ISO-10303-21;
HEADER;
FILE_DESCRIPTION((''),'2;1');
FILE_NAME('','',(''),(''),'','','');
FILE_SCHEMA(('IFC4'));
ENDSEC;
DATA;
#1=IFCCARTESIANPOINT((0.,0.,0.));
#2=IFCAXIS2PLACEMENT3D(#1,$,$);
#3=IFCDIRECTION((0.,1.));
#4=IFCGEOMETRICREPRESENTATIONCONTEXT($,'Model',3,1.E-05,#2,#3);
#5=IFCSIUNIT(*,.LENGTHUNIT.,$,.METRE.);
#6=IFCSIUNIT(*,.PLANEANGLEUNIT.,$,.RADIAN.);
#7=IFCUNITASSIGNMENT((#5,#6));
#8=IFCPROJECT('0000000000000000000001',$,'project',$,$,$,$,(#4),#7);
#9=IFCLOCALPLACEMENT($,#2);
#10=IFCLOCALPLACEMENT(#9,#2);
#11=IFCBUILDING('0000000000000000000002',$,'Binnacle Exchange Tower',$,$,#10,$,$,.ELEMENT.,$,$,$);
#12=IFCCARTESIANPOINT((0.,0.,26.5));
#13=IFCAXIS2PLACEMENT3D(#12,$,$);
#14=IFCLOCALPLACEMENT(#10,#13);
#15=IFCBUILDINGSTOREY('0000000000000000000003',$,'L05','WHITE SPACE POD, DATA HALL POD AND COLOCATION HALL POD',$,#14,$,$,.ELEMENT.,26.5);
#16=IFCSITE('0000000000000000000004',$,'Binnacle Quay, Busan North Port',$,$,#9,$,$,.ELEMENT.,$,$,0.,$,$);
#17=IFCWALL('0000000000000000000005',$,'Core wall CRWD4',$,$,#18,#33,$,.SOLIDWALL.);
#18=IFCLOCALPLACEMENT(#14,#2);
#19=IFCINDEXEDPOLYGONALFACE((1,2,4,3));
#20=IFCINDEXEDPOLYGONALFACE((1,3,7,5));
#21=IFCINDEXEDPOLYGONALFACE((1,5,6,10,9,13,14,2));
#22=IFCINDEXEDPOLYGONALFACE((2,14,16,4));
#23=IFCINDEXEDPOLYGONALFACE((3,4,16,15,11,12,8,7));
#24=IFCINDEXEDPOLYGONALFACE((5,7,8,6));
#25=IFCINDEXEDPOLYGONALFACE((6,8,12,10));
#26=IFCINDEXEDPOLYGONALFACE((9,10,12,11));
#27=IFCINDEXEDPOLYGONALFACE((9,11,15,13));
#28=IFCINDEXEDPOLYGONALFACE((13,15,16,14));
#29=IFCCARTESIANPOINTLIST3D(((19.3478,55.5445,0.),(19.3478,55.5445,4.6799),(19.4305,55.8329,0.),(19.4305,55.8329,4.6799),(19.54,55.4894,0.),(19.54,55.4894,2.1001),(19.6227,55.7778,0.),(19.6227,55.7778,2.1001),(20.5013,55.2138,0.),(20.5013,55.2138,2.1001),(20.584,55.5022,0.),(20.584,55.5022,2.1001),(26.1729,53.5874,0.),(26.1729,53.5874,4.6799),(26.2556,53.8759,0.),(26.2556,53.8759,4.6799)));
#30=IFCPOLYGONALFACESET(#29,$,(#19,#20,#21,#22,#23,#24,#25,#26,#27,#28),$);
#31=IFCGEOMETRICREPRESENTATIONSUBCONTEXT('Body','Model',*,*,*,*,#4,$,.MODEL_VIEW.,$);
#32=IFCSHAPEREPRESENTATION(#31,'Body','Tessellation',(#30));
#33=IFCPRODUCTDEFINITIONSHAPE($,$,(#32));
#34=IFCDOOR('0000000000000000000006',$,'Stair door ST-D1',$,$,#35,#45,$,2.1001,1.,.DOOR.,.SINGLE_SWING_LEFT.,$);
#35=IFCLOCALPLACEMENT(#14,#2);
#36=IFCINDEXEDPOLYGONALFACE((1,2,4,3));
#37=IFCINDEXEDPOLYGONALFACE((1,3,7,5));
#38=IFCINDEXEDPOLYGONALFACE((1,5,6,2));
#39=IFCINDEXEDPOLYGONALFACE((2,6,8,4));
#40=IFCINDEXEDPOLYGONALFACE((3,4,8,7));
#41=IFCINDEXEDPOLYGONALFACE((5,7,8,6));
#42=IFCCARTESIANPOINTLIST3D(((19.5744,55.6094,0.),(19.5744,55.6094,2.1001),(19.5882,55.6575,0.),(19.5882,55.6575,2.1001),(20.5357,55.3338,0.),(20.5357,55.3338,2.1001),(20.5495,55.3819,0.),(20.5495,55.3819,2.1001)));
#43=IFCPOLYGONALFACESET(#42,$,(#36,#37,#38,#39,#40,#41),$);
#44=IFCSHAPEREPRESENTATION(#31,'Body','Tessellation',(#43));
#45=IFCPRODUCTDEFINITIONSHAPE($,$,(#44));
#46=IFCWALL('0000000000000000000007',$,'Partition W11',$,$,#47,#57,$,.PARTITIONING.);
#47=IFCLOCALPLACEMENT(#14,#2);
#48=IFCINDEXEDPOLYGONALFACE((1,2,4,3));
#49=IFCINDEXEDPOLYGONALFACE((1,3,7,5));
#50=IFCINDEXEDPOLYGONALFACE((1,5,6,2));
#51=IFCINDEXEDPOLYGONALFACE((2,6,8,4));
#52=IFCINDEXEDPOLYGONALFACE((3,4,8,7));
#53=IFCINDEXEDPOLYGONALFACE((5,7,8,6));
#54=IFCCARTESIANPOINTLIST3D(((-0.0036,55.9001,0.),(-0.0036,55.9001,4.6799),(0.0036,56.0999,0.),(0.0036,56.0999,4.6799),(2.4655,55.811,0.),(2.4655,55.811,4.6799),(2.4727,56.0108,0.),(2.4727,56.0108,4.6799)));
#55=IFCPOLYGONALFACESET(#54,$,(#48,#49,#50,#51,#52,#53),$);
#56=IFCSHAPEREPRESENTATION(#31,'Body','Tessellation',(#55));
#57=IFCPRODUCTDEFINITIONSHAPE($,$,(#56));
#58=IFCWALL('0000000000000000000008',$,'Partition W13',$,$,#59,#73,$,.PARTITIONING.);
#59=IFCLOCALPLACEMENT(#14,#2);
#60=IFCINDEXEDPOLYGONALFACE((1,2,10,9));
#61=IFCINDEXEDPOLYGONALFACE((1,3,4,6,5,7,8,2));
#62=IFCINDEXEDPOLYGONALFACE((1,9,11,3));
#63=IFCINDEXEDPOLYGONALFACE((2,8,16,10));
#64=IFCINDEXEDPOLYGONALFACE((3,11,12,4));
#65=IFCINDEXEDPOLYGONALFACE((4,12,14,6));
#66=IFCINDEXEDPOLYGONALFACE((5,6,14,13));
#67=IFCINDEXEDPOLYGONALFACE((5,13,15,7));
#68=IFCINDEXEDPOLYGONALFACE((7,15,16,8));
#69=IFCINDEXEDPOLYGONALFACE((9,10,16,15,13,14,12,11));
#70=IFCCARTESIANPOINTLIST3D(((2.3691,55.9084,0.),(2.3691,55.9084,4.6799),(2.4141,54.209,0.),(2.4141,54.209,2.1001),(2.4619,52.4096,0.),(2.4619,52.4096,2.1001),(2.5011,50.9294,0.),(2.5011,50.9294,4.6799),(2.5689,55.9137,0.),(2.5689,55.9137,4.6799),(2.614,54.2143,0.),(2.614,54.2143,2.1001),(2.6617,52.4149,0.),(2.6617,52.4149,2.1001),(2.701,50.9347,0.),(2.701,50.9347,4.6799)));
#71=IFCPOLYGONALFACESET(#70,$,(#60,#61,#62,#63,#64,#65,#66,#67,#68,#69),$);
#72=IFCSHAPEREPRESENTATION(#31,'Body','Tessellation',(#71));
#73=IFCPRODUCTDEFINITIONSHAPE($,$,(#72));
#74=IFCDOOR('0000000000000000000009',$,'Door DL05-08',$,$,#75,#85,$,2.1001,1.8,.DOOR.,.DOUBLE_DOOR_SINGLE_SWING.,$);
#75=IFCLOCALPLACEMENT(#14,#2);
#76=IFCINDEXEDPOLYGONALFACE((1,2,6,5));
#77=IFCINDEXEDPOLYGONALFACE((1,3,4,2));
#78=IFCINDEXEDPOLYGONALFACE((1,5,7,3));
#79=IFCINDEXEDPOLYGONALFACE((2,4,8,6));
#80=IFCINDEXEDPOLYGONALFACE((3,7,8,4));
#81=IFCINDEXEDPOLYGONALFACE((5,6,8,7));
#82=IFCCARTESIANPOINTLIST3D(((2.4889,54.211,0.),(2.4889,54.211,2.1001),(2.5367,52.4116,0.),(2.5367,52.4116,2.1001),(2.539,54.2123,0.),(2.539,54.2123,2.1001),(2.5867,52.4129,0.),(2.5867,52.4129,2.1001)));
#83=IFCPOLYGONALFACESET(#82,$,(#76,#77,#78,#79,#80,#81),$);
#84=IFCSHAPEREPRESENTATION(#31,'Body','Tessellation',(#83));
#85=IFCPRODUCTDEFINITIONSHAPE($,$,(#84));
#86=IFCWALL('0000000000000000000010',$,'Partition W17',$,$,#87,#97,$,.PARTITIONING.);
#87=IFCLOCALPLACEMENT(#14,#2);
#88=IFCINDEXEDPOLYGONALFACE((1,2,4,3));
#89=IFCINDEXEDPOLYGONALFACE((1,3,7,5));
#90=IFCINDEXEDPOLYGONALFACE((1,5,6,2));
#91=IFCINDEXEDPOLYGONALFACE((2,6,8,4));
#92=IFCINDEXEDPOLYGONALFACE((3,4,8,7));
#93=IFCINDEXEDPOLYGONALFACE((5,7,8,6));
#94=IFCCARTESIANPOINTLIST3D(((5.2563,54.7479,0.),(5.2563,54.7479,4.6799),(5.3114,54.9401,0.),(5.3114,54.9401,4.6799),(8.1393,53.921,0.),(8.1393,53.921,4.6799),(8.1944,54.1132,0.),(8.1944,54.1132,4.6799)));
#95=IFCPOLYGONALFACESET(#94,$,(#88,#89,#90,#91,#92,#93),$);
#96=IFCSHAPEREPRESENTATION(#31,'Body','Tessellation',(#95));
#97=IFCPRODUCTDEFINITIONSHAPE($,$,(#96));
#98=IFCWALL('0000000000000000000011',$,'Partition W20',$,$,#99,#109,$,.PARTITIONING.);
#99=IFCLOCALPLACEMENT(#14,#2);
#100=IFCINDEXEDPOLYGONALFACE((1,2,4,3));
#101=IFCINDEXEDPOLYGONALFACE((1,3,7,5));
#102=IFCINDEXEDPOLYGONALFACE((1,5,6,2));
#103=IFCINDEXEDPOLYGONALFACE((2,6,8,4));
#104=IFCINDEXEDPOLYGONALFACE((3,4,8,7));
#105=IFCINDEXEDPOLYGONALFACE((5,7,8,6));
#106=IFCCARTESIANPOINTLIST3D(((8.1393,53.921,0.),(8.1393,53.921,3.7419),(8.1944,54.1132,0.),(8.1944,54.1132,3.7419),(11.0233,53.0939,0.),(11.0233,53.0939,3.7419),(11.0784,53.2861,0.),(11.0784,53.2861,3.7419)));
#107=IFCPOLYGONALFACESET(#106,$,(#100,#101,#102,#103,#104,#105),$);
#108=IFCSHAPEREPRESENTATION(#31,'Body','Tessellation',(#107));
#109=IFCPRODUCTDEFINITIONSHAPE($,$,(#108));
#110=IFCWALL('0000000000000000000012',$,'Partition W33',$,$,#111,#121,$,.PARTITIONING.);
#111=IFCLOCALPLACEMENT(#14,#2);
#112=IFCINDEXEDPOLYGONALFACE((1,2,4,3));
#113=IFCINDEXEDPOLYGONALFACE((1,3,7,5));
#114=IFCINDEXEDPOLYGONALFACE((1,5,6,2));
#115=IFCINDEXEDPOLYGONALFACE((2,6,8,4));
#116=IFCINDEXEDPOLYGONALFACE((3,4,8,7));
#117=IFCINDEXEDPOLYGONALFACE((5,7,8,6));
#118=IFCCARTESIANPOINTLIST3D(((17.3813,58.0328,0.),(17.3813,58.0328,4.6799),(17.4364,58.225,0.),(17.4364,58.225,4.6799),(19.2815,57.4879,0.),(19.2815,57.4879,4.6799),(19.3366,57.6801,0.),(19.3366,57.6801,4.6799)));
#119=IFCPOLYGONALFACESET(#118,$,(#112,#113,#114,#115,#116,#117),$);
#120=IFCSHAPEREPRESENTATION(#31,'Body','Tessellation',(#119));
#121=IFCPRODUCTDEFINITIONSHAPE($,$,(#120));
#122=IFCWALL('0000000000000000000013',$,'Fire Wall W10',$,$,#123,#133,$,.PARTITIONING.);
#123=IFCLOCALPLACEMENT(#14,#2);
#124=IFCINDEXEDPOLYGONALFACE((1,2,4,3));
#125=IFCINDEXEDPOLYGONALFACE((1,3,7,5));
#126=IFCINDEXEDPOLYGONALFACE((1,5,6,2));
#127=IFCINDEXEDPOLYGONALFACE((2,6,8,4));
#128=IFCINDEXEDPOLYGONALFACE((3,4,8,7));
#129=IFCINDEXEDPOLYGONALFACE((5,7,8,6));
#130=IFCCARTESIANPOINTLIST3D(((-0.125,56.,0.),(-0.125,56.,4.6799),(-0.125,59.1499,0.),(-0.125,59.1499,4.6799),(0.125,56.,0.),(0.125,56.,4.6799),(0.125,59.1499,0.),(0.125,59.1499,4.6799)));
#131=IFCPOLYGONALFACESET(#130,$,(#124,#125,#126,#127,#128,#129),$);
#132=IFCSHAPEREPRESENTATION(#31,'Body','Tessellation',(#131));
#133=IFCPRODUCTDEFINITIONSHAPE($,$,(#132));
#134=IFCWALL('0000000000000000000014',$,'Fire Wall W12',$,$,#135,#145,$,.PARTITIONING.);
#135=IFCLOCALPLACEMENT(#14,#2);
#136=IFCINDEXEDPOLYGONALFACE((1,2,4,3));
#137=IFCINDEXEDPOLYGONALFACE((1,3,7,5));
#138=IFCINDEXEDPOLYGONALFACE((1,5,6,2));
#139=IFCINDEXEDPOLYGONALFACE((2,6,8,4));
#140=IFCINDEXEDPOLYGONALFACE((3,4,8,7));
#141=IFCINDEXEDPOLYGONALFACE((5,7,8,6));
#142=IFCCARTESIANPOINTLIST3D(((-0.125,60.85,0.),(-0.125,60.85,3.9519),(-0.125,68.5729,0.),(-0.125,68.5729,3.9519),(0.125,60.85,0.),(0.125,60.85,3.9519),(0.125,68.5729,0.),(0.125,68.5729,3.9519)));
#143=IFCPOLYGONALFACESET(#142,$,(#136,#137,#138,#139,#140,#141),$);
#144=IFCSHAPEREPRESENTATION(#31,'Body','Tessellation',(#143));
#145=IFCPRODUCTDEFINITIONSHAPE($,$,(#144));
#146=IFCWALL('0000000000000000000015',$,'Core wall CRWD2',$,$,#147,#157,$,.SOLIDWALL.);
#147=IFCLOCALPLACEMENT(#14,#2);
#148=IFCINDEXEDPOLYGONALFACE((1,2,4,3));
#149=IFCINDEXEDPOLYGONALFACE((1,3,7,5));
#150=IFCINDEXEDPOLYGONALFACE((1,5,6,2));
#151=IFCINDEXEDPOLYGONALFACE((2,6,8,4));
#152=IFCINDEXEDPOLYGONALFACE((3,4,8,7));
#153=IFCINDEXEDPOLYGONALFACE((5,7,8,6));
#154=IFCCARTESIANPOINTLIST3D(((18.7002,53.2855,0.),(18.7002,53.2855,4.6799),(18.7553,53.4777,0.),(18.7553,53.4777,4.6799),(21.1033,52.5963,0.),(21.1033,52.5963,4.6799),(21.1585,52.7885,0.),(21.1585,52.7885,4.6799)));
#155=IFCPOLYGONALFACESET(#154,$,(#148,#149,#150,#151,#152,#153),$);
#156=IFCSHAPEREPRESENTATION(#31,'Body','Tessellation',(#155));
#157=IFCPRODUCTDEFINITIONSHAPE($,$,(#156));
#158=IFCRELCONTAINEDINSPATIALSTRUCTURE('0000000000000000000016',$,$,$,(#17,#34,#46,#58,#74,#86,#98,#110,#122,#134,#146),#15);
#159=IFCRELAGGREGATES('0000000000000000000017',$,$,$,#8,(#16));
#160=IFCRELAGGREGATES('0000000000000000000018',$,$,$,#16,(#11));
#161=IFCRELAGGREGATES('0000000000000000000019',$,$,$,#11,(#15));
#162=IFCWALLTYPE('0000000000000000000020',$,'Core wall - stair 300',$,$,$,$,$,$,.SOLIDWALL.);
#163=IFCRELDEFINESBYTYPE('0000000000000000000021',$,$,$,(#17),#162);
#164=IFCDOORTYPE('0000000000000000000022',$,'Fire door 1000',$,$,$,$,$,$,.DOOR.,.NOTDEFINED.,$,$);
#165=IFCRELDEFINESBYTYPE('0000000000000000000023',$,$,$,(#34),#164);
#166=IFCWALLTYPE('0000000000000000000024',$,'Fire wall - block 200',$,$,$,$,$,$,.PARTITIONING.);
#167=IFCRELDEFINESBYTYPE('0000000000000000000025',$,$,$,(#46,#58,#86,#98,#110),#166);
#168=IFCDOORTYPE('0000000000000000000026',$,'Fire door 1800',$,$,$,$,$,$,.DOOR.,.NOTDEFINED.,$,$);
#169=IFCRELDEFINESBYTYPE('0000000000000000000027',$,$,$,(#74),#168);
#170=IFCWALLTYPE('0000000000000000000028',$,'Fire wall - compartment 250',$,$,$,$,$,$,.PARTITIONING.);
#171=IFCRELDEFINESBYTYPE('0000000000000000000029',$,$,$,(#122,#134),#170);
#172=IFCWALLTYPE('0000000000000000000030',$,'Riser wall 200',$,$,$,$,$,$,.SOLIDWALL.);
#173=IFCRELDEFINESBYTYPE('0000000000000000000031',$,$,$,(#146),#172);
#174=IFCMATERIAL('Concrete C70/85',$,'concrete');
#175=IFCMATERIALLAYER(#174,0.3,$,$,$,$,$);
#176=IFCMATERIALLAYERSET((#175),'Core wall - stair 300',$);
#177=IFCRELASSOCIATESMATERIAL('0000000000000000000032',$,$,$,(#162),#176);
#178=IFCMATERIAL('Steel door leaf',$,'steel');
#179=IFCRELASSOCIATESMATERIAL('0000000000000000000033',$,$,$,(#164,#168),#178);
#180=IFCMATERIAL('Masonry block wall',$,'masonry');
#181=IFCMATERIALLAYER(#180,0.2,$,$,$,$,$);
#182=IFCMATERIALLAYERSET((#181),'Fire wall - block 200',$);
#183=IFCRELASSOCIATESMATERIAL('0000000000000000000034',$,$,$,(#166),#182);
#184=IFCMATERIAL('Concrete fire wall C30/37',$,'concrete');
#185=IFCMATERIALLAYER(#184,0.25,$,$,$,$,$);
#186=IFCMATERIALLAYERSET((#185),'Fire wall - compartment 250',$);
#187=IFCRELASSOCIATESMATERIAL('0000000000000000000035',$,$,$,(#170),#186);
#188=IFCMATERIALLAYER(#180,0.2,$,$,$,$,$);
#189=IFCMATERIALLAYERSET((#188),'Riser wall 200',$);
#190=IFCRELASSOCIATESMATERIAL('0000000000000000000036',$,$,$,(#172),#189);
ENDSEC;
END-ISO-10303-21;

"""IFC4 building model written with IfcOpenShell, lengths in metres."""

from ifc_helpers import new_model, si_unit, direction, frame, frame_2d, origin, place, context, subcontext, project, spatial, rectangle, extrude, material, layer, layer_set, type_object, element, fill, save


model = new_model("IFC4")

# Units and contexts
model_context = context("Model", 3, precision=1e-05, world=origin(), true_north=direction((0.0, 1.0)))
body_context = subcontext(model_context, "Body", "Model", "MODEL_VIEW")
ifc_project = project(units=[si_unit("LENGTHUNIT", "METRE"), si_unit("PLANEANGLEUNIT", "RADIAN")], contexts=[model_context])

# Site, building, storey
site_placement = place(None, origin())
site = spatial("IfcSite", under=ifc_project, at=site_placement, Name="Binnacle Quay, Busan North Port", CompositionType="ELEMENT", RefElevation=0.0)
building_placement = place(site_placement, origin())
building = spatial("IfcBuilding", under=site, at=building_placement, Name="Binnacle Exchange Tower", CompositionType="ELEMENT")
storey_placement = place(building_placement, frame((0.0, 0.0, 26.5)))
storey = spatial("IfcBuildingStorey", under=building, at=storey_placement, Name="L05", Description="WHITE SPACE POD, DATA HALL POD AND COLOCATION HALL POD", CompositionType="ELEMENT", Elevation=26.5)

# Shared definitions
ifc_material_1 = material(Name="Concrete C70/85", Category="concrete")

# Wall, opening, door
ifc_layer_1 = layer(ifc_material_1, 0.3)
ifc_layer_set_1 = layer_set([ifc_layer_1], Name="Core wall - stair 300")
wall_type_1 = type_object("IfcWallType", Name="Core wall - stair 300", PredefinedType="SOLIDWALL", material=ifc_layer_set_1)
wall_1_placement = place(storey_placement, frame((19.3892, 55.6887, 0.0), z_axis=(0.0, 0.0, 1.0), x_axis=(0.961261, -0.275638, 0.0)))
wall_1 = element("IfcWall", 1, at=wall_1_placement, inside=storey, type_object=wall_type_1, Name="Core wall CRWD4", PredefinedType="SOLIDWALL", context=body_context, shape_type="SweptSolid", body=[
    extrude(rectangle(XDim=7.1001, YDim=0.3, at=frame_2d((3.55, 0.0))), origin(), (0.0, 0.0, 1.0), 4.6799),
])
opening_1_placement = place(wall_1_placement, frame((0.2, 0.0, 0.0)))
opening_1 = element("IfcOpeningElement", 2, at=opening_1_placement, cuts=wall_1, PredefinedType="OPENING", context=body_context, shape_type="SweptSolid", body=[
    extrude(rectangle(XDim=1.0, YDim=2.1001, at=frame_2d((0.5, 1.05))), frame((0.0, 0.1599, 0.0), z_axis=(0.0, -1.0, 0.0), x_axis=(1.0, 0.0, 0.0)), (0.0, 0.0, 1.0), 0.3201),
])
ifc_material_2 = material(Name="Steel door leaf", Category="steel")
door_type_1 = type_object("IfcDoorType", Name="Fire door 1000", OperationType="NOTDEFINED", PredefinedType="DOOR", material=ifc_material_2)
door_1_placement = place(opening_1_placement, origin())
door_1 = element("IfcDoor", 3, at=door_1_placement, inside=storey, type_object=door_type_1, Name="Stair door ST-D1", OperationType="SINGLE_SWING_LEFT", OverallHeight=2.1001, OverallWidth=1.0, PredefinedType="DOOR", context=body_context, shape_type="SweptSolid", body=[
    extrude(rectangle(XDim=1.0, YDim=2.1001, at=frame_2d((0.5, 1.05))), frame((0.0, 0.0249, 0.0), z_axis=(0.0, -1.0, 0.0), x_axis=(1.0, 0.0, 0.0)), (0.0, 0.0, 1.0), 0.05),
])
fill(opening_1, door_1)

# Wall
ifc_material_3 = material(Name="Masonry block wall", Category="masonry")
ifc_layer_2 = layer(ifc_material_3, 0.2)
ifc_layer_set_2 = layer_set([ifc_layer_2], Name="Fire wall - block 200")
wall_type_2 = type_object("IfcWallType", Name="Fire wall - block 200", PredefinedType="PARTITIONING", material=ifc_layer_set_2)
wall_2_placement = place(storey_placement, frame((0.0, 56.0, 0.0), z_axis=(0.0, 0.0, 1.0), x_axis=(0.999349, -0.036069, 0.0)))
element("IfcWall", 4, at=wall_2_placement, inside=storey, type_object=wall_type_2, Name="Partition W11", PredefinedType="PARTITIONING", context=body_context, shape_type="SweptSolid", body=[
    extrude(rectangle(XDim=2.4707, YDim=0.2, at=frame_2d((1.2354, 0.0))), origin(), (0.0, 0.0, 1.0), 4.6799),
])

# Wall, opening, door
wall_3_placement = place(storey_placement, frame((2.469, 55.9109, 0.0), z_axis=(0.0, 0.0, 1.0), x_axis=(0.026518, -0.999648, 0.0)))
wall_3 = element("IfcWall", 5, at=wall_3_placement, inside=storey, type_object=wall_type_2, Name="Partition W13", PredefinedType="PARTITIONING", context=body_context, shape_type="SweptSolid", body=[
    extrude(rectangle(XDim=4.9807, YDim=0.2, at=frame_2d((2.4902, 0.0))), origin(), (0.0, 0.0, 1.0), 4.6799),
])
opening_2_placement = place(wall_3_placement, frame((1.7, 0.0, 0.0)))
opening_2 = element("IfcOpeningElement", 6, at=opening_2_placement, cuts=wall_3, PredefinedType="OPENING", context=body_context, shape_type="SweptSolid", body=[
    extrude(rectangle(XDim=1.8, YDim=2.1001, at=frame_2d((0.8999, 1.05))), frame((0.0, 0.1099, 0.0), z_axis=(0.0, -1.0, 0.0), x_axis=(1.0, 0.0, 0.0)), (0.0, 0.0, 1.0), 0.22),
])
door_type_2 = type_object("IfcDoorType", Name="Fire door 1800", OperationType="NOTDEFINED", PredefinedType="DOOR", material=ifc_material_2)
door_2_placement = place(opening_2_placement, origin())
door_2 = element("IfcDoor", 7, at=door_2_placement, inside=storey, type_object=door_type_2, Name="Door DL05-08", OperationType="DOUBLE_DOOR_SINGLE_SWING", OverallHeight=2.1001, OverallWidth=1.8, PredefinedType="DOOR", context=body_context, shape_type="SweptSolid", body=[
    extrude(rectangle(XDim=1.8, YDim=2.1001, at=frame_2d((0.8999, 1.05))), frame((0.0, 0.0249, 0.0), z_axis=(0.0, -1.0, 0.0), x_axis=(1.0, 0.0, 0.0)), (0.0, 0.0, 1.0), 0.05),
])
fill(opening_2, door_2)

# Walls
wall_4_placement = place(storey_placement, frame((5.2839, 54.844, 0.0), z_axis=(0.0, 0.0, 1.0), x_axis=(0.961244, -0.275699, 0.0)))
element("IfcWall", 8, at=wall_4_placement, inside=storey, type_object=wall_type_2, Name="Partition W17", PredefinedType="PARTITIONING", context=body_context, shape_type="SweptSolid", body=[
    extrude(rectangle(XDim=2.9993, YDim=0.2, at=frame_2d((1.4995, 0.0))), origin(), (0.0, 0.0, 1.0), 4.6799),
])
wall_5_placement = place(storey_placement, frame((8.167, 54.0171, 0.0), z_axis=(0.0, 0.0, 1.0), x_axis=(0.961247, -0.275688, 0.0)))
element("IfcWall", 9, at=wall_5_placement, inside=storey, type_object=wall_type_2, Name="Partition W20", PredefinedType="PARTITIONING", context=body_context, shape_type="SweptSolid", body=[
    extrude(rectangle(XDim=3.0002, YDim=0.2, at=frame_2d((1.5, 0.0))), origin(), (0.0, 0.0, 1.0), 3.7419),
])
wall_6_placement = place(storey_placement, frame((17.4089, 58.1289, 0.0), z_axis=(0.0, 0.0, 1.0), x_axis=(0.961253, -0.275667, 0.0)))
element("IfcWall", 10, at=wall_6_placement, inside=storey, type_object=wall_type_2, Name="Partition W33", PredefinedType="PARTITIONING", context=body_context, shape_type="SweptSolid", body=[
    extrude(rectangle(XDim=1.9768, YDim=0.2, at=frame_2d((0.9883, 0.0))), origin(), (0.0, 0.0, 1.0), 4.6799),
])
ifc_material_4 = material(Name="Concrete fire wall C30/37", Category="concrete")
ifc_layer_3 = layer(ifc_material_4, 0.25)
ifc_layer_set_3 = layer_set([ifc_layer_3], Name="Fire wall - compartment 250")
wall_type_3 = type_object("IfcWallType", Name="Fire wall - compartment 250", PredefinedType="PARTITIONING", material=ifc_layer_set_3)
wall_7_placement = place(storey_placement, frame((0.0, 56.0, 0.0), z_axis=(0.0, 0.0, 1.0), x_axis=(0.0, 1.0, 0.0)))
element("IfcWall", 11, at=wall_7_placement, inside=storey, type_object=wall_type_3, Name="Fire Wall W10", PredefinedType="PARTITIONING", context=body_context, shape_type="SweptSolid", body=[
    extrude(rectangle(XDim=3.1499, YDim=0.25, at=frame_2d((1.575, 0.0))), origin(), (0.0, 0.0, 1.0), 4.6799),
])
wall_8_placement = place(storey_placement, frame((0.0, 60.8501, 0.0), z_axis=(0.0, 0.0, 1.0), x_axis=(0.0, 1.0, 0.0)))
element("IfcWall", 12, at=wall_8_placement, inside=storey, type_object=wall_type_3, Name="Fire Wall W12", PredefinedType="PARTITIONING", context=body_context, shape_type="SweptSolid", body=[
    extrude(rectangle(XDim=7.7229, YDim=0.25, at=frame_2d((3.8613, 0.0))), origin(), (0.0, 0.0, 1.0), 3.9519),
])
ifc_layer_4 = layer(ifc_material_3, 0.2)
ifc_layer_set_4 = layer_set([ifc_layer_4], Name="Riser wall 200")
wall_type_4 = type_object("IfcWallType", Name="Riser wall 200", PredefinedType="SOLIDWALL", material=ifc_layer_set_4)
wall_9_placement = place(storey_placement, frame((18.7278, 53.3816, 0.0), z_axis=(0.0, 0.0, 1.0), x_axis=(0.961247, -0.275688, 0.0)))
element("IfcWall", 13, at=wall_9_placement, inside=storey, type_object=wall_type_4, Name="Core wall CRWD2", PredefinedType="SOLIDWALL", context=body_context, shape_type="SweptSolid", body=[
    extrude(rectangle(XDim=2.5, YDim=0.2, at=frame_2d((1.25, 0.0))), origin(), (0.0, 0.0, 1.0), 4.6799),
])

save(model, "model.ifc")
